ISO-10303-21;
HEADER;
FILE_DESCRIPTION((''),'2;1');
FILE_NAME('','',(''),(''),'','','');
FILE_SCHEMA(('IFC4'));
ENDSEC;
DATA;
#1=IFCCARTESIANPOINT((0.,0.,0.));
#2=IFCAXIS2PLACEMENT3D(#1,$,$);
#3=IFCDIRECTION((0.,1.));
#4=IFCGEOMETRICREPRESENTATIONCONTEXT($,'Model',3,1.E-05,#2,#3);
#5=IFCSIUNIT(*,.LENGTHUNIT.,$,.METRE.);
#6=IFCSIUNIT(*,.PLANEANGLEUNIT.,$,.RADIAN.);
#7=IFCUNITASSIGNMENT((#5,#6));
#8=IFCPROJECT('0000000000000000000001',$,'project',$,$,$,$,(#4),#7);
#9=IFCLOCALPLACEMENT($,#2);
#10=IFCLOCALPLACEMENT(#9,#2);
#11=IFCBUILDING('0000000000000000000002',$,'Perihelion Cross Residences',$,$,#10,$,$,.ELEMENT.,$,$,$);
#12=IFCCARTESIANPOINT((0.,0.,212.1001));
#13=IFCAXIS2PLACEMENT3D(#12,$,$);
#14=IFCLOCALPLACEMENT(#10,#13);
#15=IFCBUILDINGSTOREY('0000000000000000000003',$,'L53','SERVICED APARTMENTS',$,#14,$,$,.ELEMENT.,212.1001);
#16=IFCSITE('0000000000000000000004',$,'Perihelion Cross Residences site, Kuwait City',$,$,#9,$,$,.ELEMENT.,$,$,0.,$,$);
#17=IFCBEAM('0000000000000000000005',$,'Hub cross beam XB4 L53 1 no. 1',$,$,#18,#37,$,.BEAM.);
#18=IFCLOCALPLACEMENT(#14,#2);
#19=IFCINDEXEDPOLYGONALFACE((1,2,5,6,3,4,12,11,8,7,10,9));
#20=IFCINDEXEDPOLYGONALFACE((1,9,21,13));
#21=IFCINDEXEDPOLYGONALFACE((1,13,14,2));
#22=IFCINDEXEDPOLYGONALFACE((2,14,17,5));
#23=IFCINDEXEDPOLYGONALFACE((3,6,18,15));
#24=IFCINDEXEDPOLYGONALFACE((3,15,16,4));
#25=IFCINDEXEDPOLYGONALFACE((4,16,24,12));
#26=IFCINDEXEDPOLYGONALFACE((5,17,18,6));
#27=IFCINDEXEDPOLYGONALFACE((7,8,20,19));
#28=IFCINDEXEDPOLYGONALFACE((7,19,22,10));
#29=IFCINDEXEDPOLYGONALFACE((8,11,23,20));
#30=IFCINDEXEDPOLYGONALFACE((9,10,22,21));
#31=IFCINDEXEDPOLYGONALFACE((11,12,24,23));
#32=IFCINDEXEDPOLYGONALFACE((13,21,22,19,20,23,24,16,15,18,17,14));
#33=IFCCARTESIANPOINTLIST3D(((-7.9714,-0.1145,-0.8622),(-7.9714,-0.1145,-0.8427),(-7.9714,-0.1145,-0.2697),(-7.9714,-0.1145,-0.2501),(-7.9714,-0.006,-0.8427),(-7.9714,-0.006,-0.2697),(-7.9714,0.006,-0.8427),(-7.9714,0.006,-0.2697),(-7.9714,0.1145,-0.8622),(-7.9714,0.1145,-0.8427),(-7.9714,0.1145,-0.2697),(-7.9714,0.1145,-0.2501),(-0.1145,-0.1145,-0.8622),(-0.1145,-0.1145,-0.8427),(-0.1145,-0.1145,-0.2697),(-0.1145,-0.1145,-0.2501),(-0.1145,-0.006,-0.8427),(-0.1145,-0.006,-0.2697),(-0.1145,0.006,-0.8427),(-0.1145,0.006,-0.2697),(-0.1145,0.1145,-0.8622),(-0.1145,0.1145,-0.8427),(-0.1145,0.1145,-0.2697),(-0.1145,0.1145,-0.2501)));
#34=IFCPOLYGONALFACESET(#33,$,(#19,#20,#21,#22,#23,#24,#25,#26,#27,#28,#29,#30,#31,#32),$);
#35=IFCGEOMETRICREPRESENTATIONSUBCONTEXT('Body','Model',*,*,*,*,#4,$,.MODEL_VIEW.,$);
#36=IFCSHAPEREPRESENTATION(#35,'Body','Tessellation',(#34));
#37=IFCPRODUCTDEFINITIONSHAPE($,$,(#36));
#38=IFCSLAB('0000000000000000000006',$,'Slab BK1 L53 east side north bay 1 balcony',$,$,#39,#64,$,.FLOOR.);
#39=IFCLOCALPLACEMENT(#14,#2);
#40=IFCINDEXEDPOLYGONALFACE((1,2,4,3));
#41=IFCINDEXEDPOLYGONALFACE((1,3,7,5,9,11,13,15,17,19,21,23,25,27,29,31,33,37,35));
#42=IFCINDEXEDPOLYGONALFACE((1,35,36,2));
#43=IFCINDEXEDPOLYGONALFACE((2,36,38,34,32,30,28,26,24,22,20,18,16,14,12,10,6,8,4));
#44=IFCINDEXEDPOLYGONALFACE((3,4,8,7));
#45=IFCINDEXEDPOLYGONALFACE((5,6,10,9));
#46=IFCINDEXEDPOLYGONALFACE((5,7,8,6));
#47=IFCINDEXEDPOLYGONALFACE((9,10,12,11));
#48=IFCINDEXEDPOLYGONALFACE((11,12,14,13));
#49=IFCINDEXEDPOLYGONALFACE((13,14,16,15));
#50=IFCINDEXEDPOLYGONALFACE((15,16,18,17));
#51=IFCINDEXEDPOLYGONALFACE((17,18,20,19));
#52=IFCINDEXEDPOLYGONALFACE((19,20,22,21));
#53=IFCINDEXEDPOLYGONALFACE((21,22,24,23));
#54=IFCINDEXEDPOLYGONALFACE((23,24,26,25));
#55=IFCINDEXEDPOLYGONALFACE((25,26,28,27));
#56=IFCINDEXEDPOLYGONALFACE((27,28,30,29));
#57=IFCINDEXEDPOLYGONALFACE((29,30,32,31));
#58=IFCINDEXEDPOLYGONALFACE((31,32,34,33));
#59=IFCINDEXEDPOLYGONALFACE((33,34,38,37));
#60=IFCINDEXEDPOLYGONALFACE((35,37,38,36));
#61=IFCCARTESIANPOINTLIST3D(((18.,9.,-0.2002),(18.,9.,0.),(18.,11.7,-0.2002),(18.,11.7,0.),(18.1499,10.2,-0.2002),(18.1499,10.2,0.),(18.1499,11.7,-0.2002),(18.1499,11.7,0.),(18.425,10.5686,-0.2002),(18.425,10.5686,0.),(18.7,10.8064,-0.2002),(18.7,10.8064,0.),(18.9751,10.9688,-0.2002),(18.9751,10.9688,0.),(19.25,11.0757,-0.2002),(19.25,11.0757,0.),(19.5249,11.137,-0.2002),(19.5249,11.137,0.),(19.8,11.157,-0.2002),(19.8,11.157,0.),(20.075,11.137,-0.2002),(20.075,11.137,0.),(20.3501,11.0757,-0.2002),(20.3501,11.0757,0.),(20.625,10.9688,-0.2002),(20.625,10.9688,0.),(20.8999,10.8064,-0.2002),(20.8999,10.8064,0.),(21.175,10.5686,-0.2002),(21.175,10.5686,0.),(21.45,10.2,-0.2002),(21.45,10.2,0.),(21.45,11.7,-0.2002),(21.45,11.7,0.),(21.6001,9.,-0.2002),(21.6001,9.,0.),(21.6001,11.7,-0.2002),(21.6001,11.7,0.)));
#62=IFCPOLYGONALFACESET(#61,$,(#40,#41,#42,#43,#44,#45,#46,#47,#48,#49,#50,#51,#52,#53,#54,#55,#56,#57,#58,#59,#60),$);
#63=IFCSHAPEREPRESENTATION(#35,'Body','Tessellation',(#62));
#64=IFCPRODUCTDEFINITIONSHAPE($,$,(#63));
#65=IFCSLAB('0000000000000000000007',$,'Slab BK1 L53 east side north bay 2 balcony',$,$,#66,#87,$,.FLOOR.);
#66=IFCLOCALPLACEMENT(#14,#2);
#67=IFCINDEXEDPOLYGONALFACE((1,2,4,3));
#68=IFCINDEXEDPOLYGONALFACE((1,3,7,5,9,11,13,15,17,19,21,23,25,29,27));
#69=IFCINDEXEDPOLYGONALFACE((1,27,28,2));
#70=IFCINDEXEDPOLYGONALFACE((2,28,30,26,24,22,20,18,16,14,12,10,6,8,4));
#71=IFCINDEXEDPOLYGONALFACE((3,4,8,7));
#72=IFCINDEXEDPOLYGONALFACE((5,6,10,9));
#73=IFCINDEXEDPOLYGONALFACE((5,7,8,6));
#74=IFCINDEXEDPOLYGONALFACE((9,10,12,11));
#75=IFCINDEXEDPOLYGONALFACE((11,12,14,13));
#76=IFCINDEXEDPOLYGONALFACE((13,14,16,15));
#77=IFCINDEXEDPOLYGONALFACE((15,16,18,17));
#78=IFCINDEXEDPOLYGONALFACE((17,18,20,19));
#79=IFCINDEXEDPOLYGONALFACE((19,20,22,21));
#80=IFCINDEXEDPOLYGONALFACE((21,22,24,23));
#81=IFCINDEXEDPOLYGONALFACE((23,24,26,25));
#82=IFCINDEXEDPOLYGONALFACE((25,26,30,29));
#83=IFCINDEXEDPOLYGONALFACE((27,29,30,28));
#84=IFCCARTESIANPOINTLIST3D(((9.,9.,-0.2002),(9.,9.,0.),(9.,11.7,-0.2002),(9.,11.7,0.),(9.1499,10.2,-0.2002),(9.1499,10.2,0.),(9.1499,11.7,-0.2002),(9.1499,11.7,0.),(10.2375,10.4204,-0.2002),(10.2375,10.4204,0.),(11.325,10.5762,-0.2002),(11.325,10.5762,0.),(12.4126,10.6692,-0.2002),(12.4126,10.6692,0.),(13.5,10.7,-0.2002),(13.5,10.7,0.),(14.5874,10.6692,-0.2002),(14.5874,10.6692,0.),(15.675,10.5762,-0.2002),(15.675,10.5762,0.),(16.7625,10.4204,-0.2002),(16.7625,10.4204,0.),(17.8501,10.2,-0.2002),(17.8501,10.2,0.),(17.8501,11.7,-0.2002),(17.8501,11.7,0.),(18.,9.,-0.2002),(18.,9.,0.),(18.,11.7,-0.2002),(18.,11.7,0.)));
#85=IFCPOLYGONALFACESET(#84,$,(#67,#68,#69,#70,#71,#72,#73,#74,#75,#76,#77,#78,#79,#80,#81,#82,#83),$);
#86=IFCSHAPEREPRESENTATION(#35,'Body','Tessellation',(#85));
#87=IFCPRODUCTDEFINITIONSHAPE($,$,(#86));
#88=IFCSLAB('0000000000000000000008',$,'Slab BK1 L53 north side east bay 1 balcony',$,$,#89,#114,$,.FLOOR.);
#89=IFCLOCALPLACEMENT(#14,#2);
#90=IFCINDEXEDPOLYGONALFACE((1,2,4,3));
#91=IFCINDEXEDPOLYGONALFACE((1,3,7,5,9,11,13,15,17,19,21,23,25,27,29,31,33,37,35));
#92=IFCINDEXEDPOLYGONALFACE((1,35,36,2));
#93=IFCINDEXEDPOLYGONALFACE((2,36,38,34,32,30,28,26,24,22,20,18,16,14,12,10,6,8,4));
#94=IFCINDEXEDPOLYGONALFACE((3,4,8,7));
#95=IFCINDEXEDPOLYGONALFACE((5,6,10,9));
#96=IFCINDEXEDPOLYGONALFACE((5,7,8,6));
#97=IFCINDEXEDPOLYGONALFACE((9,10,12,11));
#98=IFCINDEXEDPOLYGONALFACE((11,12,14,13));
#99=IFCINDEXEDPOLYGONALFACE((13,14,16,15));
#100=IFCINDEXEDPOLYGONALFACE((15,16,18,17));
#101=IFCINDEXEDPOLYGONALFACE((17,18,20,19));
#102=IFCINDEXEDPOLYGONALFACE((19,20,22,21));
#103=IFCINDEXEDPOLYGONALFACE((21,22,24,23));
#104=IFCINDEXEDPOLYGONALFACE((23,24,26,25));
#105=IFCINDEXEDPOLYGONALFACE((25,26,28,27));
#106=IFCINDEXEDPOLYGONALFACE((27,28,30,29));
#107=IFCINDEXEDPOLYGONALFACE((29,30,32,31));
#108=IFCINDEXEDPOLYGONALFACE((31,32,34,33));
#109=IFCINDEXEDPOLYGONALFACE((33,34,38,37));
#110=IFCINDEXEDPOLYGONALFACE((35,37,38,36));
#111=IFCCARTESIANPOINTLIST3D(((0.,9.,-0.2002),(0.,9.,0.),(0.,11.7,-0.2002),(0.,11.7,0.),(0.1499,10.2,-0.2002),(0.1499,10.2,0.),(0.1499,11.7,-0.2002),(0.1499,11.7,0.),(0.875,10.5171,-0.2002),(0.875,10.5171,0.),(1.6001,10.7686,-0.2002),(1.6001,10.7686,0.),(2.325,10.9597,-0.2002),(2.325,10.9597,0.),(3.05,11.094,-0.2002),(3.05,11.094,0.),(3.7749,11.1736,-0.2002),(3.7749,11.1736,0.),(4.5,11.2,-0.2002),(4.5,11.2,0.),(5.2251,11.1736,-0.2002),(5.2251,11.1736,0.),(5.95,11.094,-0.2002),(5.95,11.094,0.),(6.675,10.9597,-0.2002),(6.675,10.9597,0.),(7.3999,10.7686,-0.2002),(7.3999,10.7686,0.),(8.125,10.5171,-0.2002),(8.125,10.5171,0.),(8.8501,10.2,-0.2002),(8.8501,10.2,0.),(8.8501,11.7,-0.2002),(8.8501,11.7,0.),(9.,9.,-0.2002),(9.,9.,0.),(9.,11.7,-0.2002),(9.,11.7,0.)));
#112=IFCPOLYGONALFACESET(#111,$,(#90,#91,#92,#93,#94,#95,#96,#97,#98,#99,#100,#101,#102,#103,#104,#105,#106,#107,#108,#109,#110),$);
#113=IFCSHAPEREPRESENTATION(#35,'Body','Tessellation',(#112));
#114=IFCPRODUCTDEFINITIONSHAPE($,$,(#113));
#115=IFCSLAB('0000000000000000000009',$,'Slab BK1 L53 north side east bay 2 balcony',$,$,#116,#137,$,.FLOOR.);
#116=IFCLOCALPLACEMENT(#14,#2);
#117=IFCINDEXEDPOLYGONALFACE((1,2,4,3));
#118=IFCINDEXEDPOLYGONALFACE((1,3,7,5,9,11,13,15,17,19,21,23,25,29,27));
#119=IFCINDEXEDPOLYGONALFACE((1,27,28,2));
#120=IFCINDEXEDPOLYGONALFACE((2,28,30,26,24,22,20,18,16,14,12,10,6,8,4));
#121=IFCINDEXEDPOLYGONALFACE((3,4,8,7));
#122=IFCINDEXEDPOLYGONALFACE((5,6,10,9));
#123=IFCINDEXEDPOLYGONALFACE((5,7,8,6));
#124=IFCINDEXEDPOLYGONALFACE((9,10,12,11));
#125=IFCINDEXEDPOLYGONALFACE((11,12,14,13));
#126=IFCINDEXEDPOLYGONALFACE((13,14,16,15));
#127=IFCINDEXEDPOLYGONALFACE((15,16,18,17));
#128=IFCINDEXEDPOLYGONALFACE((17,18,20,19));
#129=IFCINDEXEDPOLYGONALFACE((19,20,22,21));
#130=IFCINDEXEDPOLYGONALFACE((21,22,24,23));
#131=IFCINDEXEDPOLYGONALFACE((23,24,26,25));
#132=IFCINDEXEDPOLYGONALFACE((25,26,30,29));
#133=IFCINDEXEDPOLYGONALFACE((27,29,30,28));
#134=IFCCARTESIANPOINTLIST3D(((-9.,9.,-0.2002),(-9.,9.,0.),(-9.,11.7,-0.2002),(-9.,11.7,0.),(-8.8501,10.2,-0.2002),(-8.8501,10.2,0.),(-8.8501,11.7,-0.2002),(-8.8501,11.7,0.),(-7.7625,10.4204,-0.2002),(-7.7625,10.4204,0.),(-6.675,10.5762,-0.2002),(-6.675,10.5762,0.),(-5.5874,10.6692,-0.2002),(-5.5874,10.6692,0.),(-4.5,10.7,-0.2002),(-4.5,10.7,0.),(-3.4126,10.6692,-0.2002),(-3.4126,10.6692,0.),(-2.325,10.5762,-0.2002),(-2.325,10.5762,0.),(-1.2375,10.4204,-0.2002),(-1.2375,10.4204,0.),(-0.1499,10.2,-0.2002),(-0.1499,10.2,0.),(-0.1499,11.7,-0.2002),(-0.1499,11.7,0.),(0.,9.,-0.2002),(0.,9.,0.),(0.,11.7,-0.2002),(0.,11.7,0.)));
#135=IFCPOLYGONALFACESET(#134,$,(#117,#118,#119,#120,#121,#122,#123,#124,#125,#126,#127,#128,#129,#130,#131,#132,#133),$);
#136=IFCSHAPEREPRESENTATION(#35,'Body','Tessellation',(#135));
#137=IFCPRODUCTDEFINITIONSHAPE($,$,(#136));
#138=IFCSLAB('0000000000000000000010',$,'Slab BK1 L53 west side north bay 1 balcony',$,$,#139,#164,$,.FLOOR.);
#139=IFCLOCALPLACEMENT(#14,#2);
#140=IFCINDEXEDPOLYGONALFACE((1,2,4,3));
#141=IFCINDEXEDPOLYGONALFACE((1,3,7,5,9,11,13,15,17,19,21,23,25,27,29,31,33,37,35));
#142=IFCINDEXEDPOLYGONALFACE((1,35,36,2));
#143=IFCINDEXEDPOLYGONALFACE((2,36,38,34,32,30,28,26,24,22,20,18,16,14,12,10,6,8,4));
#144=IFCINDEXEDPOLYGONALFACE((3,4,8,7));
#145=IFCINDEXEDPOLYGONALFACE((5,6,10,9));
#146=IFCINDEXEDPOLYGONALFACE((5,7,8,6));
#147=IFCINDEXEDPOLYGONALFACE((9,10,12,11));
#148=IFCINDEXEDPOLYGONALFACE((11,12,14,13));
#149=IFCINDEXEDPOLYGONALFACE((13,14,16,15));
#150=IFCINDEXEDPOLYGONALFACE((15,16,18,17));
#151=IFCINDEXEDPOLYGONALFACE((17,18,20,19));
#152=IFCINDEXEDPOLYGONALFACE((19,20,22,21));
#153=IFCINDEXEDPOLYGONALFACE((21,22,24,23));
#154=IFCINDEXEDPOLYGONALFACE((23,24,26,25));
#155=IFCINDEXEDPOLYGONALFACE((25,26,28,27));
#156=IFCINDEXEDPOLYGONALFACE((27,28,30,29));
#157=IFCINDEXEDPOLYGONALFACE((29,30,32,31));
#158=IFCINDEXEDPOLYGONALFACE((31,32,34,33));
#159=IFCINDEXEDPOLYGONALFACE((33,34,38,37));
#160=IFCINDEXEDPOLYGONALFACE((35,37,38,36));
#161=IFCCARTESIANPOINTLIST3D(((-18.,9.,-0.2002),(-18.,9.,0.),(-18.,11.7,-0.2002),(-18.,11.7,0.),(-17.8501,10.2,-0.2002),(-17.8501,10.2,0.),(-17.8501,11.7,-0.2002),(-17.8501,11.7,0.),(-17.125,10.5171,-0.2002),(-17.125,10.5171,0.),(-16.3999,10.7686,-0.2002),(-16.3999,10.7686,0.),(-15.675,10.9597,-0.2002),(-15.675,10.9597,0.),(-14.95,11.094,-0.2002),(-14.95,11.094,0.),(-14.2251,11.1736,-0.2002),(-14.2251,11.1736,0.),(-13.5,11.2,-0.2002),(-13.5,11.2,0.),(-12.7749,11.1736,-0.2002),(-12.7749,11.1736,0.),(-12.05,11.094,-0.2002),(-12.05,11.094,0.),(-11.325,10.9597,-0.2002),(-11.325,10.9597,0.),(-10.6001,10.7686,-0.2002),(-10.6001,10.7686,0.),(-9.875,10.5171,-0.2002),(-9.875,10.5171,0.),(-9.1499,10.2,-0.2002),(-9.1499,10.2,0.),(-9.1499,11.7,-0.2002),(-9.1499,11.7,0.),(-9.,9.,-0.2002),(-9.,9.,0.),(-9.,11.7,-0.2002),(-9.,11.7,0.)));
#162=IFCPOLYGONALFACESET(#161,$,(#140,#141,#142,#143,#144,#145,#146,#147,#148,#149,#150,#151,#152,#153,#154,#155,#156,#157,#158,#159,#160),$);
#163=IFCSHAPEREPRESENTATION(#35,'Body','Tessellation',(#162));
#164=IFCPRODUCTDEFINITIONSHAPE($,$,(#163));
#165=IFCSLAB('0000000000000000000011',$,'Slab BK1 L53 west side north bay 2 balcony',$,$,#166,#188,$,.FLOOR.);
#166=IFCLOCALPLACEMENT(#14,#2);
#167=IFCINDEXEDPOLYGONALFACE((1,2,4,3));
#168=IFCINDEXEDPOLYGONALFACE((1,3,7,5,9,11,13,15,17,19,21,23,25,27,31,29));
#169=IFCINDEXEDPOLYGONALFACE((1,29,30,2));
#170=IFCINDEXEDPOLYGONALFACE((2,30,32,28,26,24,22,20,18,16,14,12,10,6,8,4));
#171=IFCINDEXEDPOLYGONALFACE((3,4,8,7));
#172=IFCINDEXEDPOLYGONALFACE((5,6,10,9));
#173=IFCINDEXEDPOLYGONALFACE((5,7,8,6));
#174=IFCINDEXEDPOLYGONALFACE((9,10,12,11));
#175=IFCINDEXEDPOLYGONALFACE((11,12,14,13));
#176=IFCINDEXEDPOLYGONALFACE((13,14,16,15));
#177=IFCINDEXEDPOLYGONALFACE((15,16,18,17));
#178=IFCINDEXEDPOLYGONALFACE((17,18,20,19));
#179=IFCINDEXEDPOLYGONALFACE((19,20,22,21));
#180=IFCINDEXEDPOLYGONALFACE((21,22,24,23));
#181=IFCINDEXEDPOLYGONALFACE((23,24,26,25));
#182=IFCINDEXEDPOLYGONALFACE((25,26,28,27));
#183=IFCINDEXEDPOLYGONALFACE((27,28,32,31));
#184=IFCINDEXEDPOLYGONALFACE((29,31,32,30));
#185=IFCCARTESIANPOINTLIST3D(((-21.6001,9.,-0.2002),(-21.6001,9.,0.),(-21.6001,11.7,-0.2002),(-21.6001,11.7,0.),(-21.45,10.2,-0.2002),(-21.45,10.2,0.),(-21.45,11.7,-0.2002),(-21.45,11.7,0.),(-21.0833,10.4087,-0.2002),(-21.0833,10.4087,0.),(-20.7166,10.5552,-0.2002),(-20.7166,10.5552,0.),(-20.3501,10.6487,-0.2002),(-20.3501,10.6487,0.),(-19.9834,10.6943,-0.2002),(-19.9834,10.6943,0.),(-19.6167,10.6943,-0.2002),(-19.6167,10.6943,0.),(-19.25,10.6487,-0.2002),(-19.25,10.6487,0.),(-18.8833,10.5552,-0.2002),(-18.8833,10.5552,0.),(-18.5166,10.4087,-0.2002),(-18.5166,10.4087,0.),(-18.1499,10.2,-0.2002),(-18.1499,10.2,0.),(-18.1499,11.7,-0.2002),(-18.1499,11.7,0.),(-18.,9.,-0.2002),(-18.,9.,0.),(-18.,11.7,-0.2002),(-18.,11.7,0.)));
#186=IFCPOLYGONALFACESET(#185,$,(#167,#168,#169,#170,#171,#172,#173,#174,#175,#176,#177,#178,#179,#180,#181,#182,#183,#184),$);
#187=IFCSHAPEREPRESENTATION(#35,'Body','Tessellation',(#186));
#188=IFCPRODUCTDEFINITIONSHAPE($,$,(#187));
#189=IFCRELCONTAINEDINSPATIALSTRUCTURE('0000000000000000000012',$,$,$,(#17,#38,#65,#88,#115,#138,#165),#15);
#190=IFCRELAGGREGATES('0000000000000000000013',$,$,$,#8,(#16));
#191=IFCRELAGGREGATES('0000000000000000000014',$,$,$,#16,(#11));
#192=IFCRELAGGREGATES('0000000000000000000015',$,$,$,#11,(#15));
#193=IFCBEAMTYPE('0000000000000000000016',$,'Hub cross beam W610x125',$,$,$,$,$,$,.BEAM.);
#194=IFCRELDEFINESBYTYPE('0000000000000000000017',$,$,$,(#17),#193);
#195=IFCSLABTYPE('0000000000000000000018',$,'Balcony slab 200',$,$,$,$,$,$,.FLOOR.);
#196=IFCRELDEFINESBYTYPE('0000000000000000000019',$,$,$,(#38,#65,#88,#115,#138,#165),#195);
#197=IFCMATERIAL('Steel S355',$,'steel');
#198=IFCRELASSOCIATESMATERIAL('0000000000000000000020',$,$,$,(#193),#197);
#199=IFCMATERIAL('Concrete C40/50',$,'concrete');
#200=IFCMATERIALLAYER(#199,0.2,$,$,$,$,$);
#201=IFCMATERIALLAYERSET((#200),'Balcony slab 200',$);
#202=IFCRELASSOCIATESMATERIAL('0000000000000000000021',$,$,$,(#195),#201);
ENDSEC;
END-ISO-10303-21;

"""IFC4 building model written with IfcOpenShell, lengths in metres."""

from ifc_helpers import new_model, si_unit, direction, frame, origin, origin_2d, place, context, subcontext, project, spatial, polyline, i_section, outline, extrude, material, layer, layer_set, material_profile, profile_set, type_object, element, save


model = new_model("IFC4")

# Units and contexts
model_context = context("Model", 3, precision=1e-05, world=origin(), true_north=direction((0.0, 1.0)))
body_context = subcontext(model_context, "Body", "Model", "MODEL_VIEW")
ifc_project = project(units=[si_unit("LENGTHUNIT", "METRE"), si_unit("PLANEANGLEUNIT", "RADIAN")], contexts=[model_context])

# Site, building, storey
site_placement = place(None, origin())
site = spatial("IfcSite", under=ifc_project, at=site_placement, Name="Perihelion Cross Residences site, Kuwait City", CompositionType="ELEMENT", RefElevation=0.0)
building_placement = place(site_placement, origin())
building = spatial("IfcBuilding", under=site, at=building_placement, Name="Perihelion Cross Residences", CompositionType="ELEMENT")
storey_placement = place(building_placement, frame((0.0, 0.0, 212.1001)))
storey = spatial("IfcBuildingStorey", under=building, at=storey_placement, Name="L53", Description="SERVICED APARTMENTS", CompositionType="ELEMENT", Elevation=212.1001)

# Beam
ifc_material_1 = material(Name="Steel S355", Category="steel")
ifc_material_profile = material_profile(ifc_material_1, i_section(OverallWidth=0.229, OverallDepth=0.6121, WebThickness=0.012, FlangeThickness=0.0195, at=origin_2d()), Name="W610x125")
ifc_profile_set = profile_set([ifc_material_profile], Name="Steel S355")
beam_type = type_object("IfcBeamType", Name="Hub cross beam W610x125", PredefinedType="BEAM", material=ifc_profile_set)
beam_placement = place(storey_placement, frame((-7.9714, 0.0, -0.5562), z_axis=(1.0, 0.0, 0.0), x_axis=(0.0, 1.0, 0.0)))
element("IfcBeam", 1, at=beam_placement, inside=storey, type_object=beam_type, Name="Hub cross beam XB4 L53 1 no. 1", PredefinedType="BEAM", context=body_context, shape_type="SweptSolid", body=[
    extrude(i_section(OverallWidth=0.229, OverallDepth=0.6121, WebThickness=0.012, FlangeThickness=0.0195, at=origin_2d()), origin(), (0.0, 0.0, 1.0), 7.8569),
])

# Slabs
ifc_material_2 = material(Name="Concrete C40/50", Category="concrete")
ifc_layer_1 = layer(ifc_material_2, 0.2)
ifc_layer_set_1 = layer_set([ifc_layer_1], Name="Balcony slab 200")
slab_type_1 = type_object("IfcSlabType", Name="Balcony slab 200", PredefinedType="FLOOR", material=ifc_layer_set_1)
slab_1_placement = place(storey_placement, frame((0.0, 0.0, -0.2002)))
element("IfcSlab", 2, at=slab_1_placement, inside=storey, type_object=slab_type_1, Name="Slab BK1 L53 east side north bay 1 balcony", PredefinedType="FLOOR", context=body_context, shape_type="SweptSolid", body=[
    extrude(outline(polyline([(21.6001, 9.0), (18.0, 9.0), (18.0, 11.7), (18.1499, 11.7), (18.1499, 10.2), (18.425, 10.5686), (18.7, 10.8064), (18.9751, 10.9688), (19.25, 11.0757), (19.5249, 11.137), (19.8, 11.157), (20.075, 11.137), (20.3501, 11.0757), (20.625, 10.9688), (20.8999, 10.8064), (21.175, 10.5686), (21.45, 10.2), (21.45, 11.7), (21.6001, 11.7), (21.6001, 9.0)])), origin(), (0.0, 0.0, 1.0), 0.2002),
])
slab_2_placement = place(storey_placement, frame((0.0, 0.0, -0.2002)))
element("IfcSlab", 3, at=slab_2_placement, inside=storey, type_object=slab_type_1, Name="Slab BK1 L53 east side north bay 2 balcony", PredefinedType="FLOOR", context=body_context, shape_type="SweptSolid", body=[
    extrude(outline(polyline([(18.0, 9.0), (9.0, 9.0), (9.0, 11.7), (9.1499, 11.7), (9.1499, 10.2), (10.2375, 10.4204), (11.325, 10.5762), (12.4126, 10.6692), (13.5, 10.7), (14.5874, 10.6692), (15.675, 10.5762), (16.7625, 10.4204), (17.8501, 10.2), (17.8501, 11.7), (18.0, 11.7), (18.0, 9.0)])), origin(), (0.0, 0.0, 1.0), 0.2002),
])
slab_3_placement = place(storey_placement, frame((0.0, 0.0, -0.2002)))
element("IfcSlab", 4, at=slab_3_placement, inside=storey, type_object=slab_type_1, Name="Slab BK1 L53 north side east bay 1 balcony", PredefinedType="FLOOR", context=body_context, shape_type="SweptSolid", body=[
    extrude(outline(polyline([(9.0, 9.0), (0.0, 9.0), (0.0, 11.7), (0.1499, 11.7), (0.1499, 10.2), (0.875, 10.5171), (1.6001, 10.7686), (2.325, 10.9597), (3.05, 11.094), (3.7749, 11.1736), (4.5, 11.2), (5.2251, 11.1736), (5.95, 11.094), (6.675, 10.9597), (7.3999, 10.7686), (8.125, 10.5171), (8.8501, 10.2), (8.8501, 11.7), (9.0, 11.7), (9.0, 9.0)])), origin(), (0.0, 0.0, 1.0), 0.2002),
])
slab_4_placement = place(storey_placement, frame((0.0, 0.0, -0.2002)))
element("IfcSlab", 5, at=slab_4_placement, inside=storey, type_object=slab_type_1, Name="Slab BK1 L53 north side east bay 2 balcony", PredefinedType="FLOOR", context=body_context, shape_type="SweptSolid", body=[
    extrude(outline(polyline([(0.0, 9.0), (-9.0, 9.0), (-9.0, 11.7), (-8.8501, 11.7), (-8.8501, 10.2), (-7.7625, 10.4204), (-6.675, 10.5762), (-5.5874, 10.6692), (-4.5, 10.7), (-3.4126, 10.6692), (-2.325, 10.5762), (-1.2375, 10.4204), (-0.1499, 10.2), (-0.1499, 11.7), (0.0, 11.7), (0.0, 9.0)])), origin(), (0.0, 0.0, 1.0), 0.2002),
])
slab_5_placement = place(storey_placement, frame((0.0, 0.0, -0.2002)))
element("IfcSlab", 6, at=slab_5_placement, inside=storey, type_object=slab_type_1, Name="Slab BK1 L53 west side north bay 1 balcony", PredefinedType="FLOOR", context=body_context, shape_type="SweptSolid", body=[
    extrude(outline(polyline([(-9.0, 9.0), (-18.0, 9.0), (-18.0, 11.7), (-17.8501, 11.7), (-17.8501, 10.2), (-17.125, 10.5171), (-16.3999, 10.7686), (-15.675, 10.9597), (-14.95, 11.094), (-14.2251, 11.1736), (-13.5, 11.2), (-12.7749, 11.1736), (-12.05, 11.094), (-11.325, 10.9597), (-10.6001, 10.7686), (-9.875, 10.5171), (-9.1499, 10.2), (-9.1499, 11.7), (-9.0, 11.7), (-9.0, 9.0)])), origin(), (0.0, 0.0, 1.0), 0.2002),
])
slab_6_placement = place(storey_placement, frame((0.0, 0.0, -0.2002)))
element("IfcSlab", 7, at=slab_6_placement, inside=storey, type_object=slab_type_1, Name="Slab BK1 L53 west side north bay 2 balcony", PredefinedType="FLOOR", context=body_context, shape_type="SweptSolid", body=[
    extrude(outline(polyline([(-18.0, 9.0), (-21.6001, 9.0), (-21.6001, 11.7), (-21.45, 11.7), (-21.45, 10.2), (-21.0833, 10.4087), (-20.7166, 10.5552), (-20.3501, 10.6487), (-19.9834, 10.6943), (-19.6167, 10.6943), (-19.25, 10.6487), (-18.8833, 10.5552), (-18.5166, 10.4087), (-18.1499, 10.2), (-18.1499, 11.7), (-18.0, 11.7), (-18.0, 9.0)])), origin(), (0.0, 0.0, 1.0), 0.2002),
])

save(model, "model.ifc")
